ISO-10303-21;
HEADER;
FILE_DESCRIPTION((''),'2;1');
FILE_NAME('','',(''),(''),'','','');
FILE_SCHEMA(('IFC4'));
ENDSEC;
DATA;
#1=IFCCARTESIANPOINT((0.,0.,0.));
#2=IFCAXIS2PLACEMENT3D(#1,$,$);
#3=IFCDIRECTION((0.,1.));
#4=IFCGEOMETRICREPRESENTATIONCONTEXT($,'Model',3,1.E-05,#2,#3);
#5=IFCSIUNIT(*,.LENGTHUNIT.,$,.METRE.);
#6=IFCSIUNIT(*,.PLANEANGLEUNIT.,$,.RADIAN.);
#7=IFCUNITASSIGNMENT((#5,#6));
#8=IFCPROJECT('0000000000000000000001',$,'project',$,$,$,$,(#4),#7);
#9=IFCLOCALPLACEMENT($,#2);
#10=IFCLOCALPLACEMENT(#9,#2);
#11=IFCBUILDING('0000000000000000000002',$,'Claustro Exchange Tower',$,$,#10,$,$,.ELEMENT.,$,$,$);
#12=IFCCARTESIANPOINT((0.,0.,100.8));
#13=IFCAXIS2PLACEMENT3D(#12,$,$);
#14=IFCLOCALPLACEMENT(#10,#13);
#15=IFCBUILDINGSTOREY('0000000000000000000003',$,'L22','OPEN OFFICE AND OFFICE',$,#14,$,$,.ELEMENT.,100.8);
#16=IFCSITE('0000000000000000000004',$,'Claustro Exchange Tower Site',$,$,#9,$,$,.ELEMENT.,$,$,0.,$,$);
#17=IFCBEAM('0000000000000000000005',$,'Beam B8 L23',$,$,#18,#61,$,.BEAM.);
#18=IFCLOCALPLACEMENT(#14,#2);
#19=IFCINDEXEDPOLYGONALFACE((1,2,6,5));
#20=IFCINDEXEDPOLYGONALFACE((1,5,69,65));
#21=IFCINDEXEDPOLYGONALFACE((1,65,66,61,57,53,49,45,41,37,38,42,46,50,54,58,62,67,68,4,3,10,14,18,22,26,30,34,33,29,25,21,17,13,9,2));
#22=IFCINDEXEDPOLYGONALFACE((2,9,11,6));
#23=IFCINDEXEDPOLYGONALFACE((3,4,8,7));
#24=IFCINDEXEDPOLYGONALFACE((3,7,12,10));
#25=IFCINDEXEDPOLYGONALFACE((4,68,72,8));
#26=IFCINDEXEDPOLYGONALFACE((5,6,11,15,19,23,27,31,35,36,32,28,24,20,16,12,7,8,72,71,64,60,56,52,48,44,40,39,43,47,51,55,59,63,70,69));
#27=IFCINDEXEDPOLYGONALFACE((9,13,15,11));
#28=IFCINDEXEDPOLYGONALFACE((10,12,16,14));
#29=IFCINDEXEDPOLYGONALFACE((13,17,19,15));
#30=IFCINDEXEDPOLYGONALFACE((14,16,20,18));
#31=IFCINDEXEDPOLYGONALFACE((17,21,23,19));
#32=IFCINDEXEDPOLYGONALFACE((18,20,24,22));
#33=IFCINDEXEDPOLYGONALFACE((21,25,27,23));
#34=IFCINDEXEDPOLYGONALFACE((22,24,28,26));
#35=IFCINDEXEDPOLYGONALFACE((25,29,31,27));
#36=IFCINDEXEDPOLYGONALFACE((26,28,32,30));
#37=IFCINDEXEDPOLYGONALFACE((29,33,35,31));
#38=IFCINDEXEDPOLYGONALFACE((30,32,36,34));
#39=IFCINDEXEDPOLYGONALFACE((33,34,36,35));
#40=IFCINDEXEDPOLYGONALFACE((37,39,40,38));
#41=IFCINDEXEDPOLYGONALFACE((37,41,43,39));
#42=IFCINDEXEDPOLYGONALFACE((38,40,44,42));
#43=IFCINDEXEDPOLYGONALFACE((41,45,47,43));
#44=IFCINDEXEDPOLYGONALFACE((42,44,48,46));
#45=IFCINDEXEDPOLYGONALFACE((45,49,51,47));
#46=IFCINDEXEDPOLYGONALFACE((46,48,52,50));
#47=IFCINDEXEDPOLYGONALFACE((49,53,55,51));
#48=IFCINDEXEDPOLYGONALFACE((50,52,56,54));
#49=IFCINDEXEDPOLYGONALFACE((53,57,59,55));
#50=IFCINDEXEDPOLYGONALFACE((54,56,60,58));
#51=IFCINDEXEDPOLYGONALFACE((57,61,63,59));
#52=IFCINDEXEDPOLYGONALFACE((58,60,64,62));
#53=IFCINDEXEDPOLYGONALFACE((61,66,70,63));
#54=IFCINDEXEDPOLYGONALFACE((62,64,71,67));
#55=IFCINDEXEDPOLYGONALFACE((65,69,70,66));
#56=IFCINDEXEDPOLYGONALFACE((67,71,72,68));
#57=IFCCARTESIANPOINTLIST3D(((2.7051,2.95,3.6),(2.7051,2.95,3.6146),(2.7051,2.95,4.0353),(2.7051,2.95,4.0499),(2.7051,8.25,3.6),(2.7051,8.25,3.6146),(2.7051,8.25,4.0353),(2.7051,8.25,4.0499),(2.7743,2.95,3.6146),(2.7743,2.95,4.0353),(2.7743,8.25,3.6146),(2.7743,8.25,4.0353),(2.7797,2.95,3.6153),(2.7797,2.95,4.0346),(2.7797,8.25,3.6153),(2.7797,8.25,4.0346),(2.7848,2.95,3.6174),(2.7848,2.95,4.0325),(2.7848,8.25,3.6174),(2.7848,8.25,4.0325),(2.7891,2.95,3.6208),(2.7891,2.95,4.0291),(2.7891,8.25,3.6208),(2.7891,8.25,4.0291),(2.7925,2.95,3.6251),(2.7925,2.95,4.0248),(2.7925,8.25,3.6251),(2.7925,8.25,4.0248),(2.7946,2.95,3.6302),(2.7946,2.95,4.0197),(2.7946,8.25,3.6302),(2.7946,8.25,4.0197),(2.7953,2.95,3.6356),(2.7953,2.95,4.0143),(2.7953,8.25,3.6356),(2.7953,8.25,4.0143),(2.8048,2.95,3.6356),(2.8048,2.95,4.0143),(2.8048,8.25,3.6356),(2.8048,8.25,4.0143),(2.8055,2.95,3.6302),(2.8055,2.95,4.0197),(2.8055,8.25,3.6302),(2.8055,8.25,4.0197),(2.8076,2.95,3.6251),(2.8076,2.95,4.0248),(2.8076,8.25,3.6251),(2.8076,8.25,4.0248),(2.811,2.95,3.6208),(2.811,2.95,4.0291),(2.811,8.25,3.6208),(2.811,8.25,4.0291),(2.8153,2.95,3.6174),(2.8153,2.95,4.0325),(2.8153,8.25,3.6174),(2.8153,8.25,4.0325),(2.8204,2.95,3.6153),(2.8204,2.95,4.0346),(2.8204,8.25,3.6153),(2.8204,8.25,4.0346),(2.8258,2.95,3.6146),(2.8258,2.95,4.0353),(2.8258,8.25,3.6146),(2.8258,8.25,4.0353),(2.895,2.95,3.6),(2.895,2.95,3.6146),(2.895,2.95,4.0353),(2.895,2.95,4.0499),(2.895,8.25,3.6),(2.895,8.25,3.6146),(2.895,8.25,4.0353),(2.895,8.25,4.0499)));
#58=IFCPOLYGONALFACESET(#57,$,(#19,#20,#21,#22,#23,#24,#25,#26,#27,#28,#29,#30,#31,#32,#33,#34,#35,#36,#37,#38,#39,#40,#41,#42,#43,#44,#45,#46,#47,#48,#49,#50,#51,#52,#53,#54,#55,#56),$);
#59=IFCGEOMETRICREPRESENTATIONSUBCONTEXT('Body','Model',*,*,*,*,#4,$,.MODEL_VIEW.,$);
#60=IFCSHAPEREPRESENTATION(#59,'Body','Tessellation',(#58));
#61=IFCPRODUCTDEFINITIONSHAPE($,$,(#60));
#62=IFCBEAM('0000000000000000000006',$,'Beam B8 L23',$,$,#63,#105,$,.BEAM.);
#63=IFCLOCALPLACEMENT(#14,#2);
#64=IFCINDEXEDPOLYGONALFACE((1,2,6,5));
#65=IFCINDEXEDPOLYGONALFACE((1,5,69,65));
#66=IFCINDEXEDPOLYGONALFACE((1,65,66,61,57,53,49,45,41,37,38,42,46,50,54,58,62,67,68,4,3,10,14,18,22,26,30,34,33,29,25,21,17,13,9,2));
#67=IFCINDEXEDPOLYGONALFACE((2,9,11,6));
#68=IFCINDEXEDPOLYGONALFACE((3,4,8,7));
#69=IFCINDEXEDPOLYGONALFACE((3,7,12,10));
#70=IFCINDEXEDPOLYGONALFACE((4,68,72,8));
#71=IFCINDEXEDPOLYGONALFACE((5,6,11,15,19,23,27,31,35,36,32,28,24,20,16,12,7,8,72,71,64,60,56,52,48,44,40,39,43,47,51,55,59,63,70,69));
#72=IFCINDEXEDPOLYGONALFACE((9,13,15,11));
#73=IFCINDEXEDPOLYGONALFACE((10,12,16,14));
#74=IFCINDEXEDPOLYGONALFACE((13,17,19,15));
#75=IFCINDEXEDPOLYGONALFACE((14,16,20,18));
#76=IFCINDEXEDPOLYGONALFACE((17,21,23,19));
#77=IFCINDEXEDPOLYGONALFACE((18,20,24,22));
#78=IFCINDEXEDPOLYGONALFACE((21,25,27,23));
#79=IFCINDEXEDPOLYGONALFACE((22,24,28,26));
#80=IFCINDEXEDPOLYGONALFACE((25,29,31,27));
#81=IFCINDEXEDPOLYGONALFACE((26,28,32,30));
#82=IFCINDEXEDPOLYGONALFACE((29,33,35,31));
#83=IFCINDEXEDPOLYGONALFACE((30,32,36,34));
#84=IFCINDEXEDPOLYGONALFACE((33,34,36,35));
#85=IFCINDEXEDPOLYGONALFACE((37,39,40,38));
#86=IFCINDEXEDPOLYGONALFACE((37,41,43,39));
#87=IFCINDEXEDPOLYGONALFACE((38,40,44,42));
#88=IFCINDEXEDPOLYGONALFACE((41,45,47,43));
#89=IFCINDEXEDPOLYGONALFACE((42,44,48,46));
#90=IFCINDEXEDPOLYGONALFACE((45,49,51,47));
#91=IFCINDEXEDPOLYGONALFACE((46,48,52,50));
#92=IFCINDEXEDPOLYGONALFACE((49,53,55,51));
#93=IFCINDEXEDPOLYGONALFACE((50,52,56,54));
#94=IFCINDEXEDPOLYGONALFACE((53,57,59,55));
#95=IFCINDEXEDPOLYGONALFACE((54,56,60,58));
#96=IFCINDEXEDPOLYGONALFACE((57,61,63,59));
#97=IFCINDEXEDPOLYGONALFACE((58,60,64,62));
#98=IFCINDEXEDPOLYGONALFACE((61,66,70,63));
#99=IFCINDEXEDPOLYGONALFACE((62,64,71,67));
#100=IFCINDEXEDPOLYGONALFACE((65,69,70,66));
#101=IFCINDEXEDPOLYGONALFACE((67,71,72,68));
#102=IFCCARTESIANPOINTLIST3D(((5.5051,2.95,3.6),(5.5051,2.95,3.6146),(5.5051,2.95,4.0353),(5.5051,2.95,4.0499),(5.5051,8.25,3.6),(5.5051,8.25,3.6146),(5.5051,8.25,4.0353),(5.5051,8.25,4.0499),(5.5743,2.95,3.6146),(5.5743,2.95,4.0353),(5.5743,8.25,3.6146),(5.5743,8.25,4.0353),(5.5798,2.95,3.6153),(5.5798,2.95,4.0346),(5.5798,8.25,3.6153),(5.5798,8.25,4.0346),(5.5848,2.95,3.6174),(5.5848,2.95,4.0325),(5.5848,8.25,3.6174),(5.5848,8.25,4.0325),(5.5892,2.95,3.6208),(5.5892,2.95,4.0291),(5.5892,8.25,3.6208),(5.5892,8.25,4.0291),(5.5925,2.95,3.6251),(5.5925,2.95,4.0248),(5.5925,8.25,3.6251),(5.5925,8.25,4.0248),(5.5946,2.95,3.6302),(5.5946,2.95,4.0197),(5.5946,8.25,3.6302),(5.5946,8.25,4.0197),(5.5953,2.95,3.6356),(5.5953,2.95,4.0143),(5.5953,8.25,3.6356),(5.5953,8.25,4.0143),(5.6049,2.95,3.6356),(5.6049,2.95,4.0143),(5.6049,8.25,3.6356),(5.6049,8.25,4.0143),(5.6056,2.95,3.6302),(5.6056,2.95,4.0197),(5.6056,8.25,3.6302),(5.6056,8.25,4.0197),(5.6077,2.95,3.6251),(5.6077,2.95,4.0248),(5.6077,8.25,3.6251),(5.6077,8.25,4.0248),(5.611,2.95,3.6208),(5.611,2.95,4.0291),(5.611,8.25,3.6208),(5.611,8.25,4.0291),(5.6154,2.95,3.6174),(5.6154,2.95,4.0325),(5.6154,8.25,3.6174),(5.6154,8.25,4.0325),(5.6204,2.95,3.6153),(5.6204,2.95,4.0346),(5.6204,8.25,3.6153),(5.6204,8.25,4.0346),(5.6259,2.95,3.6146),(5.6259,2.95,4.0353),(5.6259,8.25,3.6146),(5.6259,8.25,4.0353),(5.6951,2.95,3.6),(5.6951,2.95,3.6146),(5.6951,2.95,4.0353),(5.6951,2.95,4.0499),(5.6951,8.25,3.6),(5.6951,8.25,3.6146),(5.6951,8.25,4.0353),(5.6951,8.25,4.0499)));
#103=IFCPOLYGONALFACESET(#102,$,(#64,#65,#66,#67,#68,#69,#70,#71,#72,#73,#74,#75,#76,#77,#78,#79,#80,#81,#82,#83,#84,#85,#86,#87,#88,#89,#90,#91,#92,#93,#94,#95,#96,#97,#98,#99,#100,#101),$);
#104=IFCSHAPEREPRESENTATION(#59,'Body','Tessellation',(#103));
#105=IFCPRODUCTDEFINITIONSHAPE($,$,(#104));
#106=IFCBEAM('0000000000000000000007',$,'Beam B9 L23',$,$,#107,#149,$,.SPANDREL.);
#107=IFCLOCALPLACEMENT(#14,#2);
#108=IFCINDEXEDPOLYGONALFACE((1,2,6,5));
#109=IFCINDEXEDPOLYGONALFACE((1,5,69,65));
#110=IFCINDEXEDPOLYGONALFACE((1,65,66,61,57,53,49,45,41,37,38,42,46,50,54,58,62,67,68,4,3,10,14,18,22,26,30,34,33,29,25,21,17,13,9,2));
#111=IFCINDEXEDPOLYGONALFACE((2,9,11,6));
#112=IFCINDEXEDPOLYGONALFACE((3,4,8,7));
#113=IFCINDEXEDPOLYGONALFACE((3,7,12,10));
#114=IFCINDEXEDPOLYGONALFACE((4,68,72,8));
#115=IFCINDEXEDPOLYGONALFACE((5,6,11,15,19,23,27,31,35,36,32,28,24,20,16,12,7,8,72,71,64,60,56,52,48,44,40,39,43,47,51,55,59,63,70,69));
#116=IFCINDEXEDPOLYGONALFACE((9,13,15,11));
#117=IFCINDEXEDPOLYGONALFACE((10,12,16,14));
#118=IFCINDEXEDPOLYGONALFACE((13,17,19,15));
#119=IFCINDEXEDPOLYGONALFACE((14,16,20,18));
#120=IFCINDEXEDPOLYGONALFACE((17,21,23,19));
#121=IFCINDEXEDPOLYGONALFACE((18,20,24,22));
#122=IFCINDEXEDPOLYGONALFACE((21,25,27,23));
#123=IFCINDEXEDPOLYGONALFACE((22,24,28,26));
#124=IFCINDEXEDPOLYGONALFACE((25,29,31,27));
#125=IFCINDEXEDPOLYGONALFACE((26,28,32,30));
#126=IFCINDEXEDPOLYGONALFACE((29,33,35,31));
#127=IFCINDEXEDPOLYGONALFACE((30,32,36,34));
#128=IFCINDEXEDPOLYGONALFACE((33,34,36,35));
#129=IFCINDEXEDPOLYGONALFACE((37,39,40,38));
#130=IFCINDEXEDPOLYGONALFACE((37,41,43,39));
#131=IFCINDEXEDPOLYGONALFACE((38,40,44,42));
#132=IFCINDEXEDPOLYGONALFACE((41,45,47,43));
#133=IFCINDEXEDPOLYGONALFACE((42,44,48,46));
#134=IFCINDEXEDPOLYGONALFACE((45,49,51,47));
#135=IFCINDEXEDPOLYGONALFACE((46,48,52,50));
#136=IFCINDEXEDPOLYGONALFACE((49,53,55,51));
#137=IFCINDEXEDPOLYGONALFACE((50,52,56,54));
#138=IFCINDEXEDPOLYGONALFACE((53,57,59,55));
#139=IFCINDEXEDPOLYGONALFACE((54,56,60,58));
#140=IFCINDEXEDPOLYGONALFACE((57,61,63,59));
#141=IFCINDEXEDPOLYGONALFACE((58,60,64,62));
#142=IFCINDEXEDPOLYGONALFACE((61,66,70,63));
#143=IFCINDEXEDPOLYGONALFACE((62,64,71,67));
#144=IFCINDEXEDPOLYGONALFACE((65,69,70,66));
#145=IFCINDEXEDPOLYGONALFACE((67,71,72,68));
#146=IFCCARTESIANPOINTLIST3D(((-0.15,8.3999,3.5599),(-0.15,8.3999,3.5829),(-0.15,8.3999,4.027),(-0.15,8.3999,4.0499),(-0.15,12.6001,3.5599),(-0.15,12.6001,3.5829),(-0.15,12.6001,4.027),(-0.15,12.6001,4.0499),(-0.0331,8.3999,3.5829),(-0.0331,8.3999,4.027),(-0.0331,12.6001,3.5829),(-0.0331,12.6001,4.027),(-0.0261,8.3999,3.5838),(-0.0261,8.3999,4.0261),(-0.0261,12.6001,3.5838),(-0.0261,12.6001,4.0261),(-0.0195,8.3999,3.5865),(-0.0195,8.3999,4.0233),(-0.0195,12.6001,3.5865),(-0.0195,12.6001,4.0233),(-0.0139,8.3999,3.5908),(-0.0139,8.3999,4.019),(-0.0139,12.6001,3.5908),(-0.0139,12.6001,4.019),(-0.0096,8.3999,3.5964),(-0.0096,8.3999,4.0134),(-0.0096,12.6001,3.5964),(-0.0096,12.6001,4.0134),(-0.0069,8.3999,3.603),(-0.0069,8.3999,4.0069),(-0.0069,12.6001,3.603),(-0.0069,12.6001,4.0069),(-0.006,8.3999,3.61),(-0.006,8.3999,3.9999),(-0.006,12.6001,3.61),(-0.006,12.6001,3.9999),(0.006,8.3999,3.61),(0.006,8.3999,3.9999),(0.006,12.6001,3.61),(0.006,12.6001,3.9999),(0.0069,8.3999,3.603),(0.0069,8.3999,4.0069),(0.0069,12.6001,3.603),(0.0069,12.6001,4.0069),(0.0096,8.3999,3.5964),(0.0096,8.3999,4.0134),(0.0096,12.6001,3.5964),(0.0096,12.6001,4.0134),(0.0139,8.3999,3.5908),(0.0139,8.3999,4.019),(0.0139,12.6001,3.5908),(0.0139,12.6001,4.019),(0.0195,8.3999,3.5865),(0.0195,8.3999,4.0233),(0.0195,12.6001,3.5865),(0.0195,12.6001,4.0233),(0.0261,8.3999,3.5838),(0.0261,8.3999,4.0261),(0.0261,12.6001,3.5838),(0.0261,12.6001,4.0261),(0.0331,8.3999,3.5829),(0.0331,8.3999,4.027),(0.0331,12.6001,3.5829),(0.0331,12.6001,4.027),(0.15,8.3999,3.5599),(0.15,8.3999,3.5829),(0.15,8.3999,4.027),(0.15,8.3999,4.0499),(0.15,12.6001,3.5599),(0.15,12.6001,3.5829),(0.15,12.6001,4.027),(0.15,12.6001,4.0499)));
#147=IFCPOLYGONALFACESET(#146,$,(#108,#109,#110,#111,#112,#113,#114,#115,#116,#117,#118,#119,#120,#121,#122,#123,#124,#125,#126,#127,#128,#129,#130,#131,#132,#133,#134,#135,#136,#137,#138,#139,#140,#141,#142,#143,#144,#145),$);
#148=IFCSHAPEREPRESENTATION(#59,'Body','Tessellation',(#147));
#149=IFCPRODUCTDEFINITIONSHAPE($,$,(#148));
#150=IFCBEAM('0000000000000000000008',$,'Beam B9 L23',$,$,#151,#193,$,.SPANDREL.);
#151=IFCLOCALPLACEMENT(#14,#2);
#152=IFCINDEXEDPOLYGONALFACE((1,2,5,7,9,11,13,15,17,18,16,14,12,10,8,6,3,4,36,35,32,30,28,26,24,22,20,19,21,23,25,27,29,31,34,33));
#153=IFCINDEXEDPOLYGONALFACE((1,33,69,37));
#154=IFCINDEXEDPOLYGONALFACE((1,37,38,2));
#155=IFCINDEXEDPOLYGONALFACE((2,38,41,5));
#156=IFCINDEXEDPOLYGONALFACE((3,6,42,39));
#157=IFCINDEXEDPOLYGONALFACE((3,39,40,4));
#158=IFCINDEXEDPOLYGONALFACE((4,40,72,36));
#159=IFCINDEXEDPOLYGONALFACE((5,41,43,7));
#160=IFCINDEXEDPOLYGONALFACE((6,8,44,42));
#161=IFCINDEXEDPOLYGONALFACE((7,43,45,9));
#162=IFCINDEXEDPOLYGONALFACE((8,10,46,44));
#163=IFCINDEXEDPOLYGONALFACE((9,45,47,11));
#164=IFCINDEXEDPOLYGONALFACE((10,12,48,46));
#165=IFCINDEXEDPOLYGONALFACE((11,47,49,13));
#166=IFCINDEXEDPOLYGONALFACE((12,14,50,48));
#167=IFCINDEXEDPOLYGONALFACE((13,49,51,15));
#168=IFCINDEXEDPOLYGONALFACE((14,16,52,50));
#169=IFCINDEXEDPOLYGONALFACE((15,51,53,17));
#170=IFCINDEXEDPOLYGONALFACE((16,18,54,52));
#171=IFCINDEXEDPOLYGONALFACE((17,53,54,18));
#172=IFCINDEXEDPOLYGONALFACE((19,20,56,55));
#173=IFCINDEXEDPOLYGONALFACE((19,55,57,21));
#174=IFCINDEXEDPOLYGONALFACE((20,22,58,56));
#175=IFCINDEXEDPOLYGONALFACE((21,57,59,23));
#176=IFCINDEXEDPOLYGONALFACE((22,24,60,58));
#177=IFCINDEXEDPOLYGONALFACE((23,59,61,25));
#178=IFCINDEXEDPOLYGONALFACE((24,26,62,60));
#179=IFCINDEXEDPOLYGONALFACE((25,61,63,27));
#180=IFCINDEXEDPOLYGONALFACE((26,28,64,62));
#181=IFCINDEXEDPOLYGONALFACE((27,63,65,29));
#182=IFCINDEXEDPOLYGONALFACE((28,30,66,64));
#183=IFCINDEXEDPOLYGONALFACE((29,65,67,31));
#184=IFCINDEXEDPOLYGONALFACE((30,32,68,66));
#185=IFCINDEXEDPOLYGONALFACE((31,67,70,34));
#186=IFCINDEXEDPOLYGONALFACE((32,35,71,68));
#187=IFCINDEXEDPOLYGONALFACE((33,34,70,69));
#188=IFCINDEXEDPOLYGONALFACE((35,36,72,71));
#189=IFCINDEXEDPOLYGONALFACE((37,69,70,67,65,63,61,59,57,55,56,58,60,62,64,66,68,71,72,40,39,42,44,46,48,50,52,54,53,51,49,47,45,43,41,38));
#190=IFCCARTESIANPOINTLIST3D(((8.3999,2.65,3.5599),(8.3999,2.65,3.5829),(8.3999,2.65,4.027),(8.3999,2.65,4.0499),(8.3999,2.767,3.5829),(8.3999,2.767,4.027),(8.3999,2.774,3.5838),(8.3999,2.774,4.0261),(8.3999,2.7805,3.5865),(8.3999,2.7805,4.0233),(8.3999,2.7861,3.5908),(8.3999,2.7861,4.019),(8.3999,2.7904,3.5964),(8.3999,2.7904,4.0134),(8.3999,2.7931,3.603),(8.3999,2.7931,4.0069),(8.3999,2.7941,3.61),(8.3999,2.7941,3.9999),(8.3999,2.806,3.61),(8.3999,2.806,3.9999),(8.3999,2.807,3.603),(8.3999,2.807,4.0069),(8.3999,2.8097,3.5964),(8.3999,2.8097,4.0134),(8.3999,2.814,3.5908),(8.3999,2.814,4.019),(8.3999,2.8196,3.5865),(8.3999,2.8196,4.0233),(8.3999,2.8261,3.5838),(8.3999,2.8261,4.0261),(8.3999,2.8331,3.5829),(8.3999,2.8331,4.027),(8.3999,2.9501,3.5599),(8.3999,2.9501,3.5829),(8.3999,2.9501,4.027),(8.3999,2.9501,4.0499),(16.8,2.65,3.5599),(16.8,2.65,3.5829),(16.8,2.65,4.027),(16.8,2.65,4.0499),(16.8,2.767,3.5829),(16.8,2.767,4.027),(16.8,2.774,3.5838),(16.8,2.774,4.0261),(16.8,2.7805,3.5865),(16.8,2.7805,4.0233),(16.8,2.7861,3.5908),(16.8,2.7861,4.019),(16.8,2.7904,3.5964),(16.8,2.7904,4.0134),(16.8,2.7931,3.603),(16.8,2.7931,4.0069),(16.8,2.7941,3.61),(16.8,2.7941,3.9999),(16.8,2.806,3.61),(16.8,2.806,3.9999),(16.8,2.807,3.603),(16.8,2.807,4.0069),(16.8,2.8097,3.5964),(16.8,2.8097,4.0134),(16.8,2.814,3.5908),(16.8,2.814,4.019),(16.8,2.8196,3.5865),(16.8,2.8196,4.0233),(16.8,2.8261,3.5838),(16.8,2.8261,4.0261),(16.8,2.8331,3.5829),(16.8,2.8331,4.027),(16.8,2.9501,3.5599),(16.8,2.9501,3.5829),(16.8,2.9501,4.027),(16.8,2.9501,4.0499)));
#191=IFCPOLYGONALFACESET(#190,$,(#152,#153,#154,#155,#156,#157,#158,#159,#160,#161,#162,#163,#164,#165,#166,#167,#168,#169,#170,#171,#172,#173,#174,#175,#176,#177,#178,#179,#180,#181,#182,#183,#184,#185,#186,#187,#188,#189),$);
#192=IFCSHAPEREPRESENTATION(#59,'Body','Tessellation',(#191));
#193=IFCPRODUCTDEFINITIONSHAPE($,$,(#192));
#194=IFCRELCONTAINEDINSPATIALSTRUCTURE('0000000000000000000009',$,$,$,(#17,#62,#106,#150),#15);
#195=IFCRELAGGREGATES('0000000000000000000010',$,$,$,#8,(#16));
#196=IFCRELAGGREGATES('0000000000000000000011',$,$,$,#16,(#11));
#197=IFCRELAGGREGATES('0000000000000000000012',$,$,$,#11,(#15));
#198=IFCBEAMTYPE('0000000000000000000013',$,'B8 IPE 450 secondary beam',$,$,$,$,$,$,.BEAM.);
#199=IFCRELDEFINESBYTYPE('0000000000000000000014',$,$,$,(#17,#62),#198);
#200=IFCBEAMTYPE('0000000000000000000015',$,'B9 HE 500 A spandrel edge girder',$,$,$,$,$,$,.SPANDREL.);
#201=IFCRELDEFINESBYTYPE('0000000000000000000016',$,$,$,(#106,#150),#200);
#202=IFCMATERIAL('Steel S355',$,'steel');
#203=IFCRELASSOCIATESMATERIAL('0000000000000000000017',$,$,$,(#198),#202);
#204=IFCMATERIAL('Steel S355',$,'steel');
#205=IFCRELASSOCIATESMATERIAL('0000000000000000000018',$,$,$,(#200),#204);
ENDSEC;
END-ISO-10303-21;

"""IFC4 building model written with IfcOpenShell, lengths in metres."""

from ifc_helpers import new_model, si_unit, direction, frame, origin, origin_2d, place, context, subcontext, project, spatial, i_section, extrude, material, material_profile, profile_set, type_object, element, save


model = new_model("IFC4")

# Units and contexts
model_context = context("Model", 3, precision=1e-05, world=origin(), true_north=direction((0.0, 1.0)))
body_context = subcontext(model_context, "Body", "Model", "MODEL_VIEW")
ifc_project = project(units=[si_unit("LENGTHUNIT", "METRE"), si_unit("PLANEANGLEUNIT", "RADIAN")], contexts=[model_context])

# Site, building, storey
site_placement = place(None, origin())
site = spatial("IfcSite", under=ifc_project, at=site_placement, Name="Claustro Exchange Tower Site", CompositionType="ELEMENT", RefElevation=0.0)
building_placement = place(site_placement, origin())
building = spatial("IfcBuilding", under=site, at=building_placement, Name="Claustro Exchange Tower", CompositionType="ELEMENT")
storey_placement = place(building_placement, frame((0.0, 0.0, 100.8)))
storey = spatial("IfcBuildingStorey", under=building, at=storey_placement, Name="L22", Description="OPEN OFFICE AND OFFICE", CompositionType="ELEMENT", Elevation=100.8)

# Beams
ifc_material_1 = material(Name="Steel S355", Category="steel")
ifc_material_profile_1 = material_profile(ifc_material_1, i_section(OverallWidth=0.1899, OverallDepth=0.45, WebThickness=0.0095, FlangeThickness=0.0146, FilletRadius=0.021, at=origin_2d()), Name="IPE 450")
ifc_profile_set_1 = profile_set([ifc_material_profile_1], Name="Steel S355")
beam_type_1 = type_object("IfcBeamType", Name="B8 IPE 450 secondary beam", PredefinedType="BEAM", material=ifc_profile_set_1)
for number, where, z_axis, x_axis, name in (
    (1, (2.8, 2.95, 3.825), (0.0, 1.0, 0.0), (-1.0, 0.0, 0.0), "Beam B8 L23"),
    (2, (5.6001, 2.95, 3.825), (0.0, 1.0, 0.0), (-1.0, 0.0, 0.0), "Beam B8 L23"),
):
    element("IfcBeam", number, at=place(storey_placement, frame(where, z_axis=z_axis, x_axis=x_axis)), inside=storey, type_object=beam_type_1, Name=name, PredefinedType="BEAM", context=body_context, shape_type="SweptSolid", body=[
        extrude(i_section(OverallWidth=0.1899, OverallDepth=0.45, WebThickness=0.0095, FlangeThickness=0.0146, FilletRadius=0.021, at=origin_2d()), origin(), (0.0, 0.0, 1.0), 5.3),
    ])
ifc_material_2 = material(Name="Steel S355", Category="steel")
ifc_material_profile_2 = material_profile(ifc_material_2, i_section(OverallWidth=0.3, OverallDepth=0.49, WebThickness=0.012, FlangeThickness=0.0229, FilletRadius=0.0271, at=origin_2d()), Name="HE 500 A")
ifc_profile_set_2 = profile_set([ifc_material_profile_2], Name="Steel S355")
beam_type_2 = type_object("IfcBeamType", Name="B9 HE 500 A spandrel edge girder", PredefinedType="SPANDREL", material=ifc_profile_set_2)
beam_1_placement = place(storey_placement, frame((0.0, 8.3999, 3.8049), z_axis=(0.0, 1.0, 0.0), x_axis=(-1.0, 0.0, 0.0)))
element("IfcBeam", 3, at=beam_1_placement, inside=storey, type_object=beam_type_2, Name="Beam B9 L23", PredefinedType="SPANDREL", context=body_context, shape_type="SweptSolid", body=[
    extrude(i_section(OverallWidth=0.3, OverallDepth=0.49, WebThickness=0.012, FlangeThickness=0.0229, FilletRadius=0.0271, at=origin_2d()), origin(), (0.0, 0.0, 1.0), 4.2002),
])
beam_2_placement = place(storey_placement, frame((8.3999, 2.8, 3.8049), z_axis=(1.0, 0.0, 0.0), x_axis=(0.0, 1.0, 0.0)))
element("IfcBeam", 4, at=beam_2_placement, inside=storey, type_object=beam_type_2, Name="Beam B9 L23", PredefinedType="SPANDREL", context=body_context, shape_type="SweptSolid", body=[
    extrude(i_section(OverallWidth=0.3, OverallDepth=0.49, WebThickness=0.012, FlangeThickness=0.0229, FilletRadius=0.0271, at=origin_2d()), origin(), (0.0, 0.0, 1.0), 8.4001),
])

save(model, "model.ifc")
